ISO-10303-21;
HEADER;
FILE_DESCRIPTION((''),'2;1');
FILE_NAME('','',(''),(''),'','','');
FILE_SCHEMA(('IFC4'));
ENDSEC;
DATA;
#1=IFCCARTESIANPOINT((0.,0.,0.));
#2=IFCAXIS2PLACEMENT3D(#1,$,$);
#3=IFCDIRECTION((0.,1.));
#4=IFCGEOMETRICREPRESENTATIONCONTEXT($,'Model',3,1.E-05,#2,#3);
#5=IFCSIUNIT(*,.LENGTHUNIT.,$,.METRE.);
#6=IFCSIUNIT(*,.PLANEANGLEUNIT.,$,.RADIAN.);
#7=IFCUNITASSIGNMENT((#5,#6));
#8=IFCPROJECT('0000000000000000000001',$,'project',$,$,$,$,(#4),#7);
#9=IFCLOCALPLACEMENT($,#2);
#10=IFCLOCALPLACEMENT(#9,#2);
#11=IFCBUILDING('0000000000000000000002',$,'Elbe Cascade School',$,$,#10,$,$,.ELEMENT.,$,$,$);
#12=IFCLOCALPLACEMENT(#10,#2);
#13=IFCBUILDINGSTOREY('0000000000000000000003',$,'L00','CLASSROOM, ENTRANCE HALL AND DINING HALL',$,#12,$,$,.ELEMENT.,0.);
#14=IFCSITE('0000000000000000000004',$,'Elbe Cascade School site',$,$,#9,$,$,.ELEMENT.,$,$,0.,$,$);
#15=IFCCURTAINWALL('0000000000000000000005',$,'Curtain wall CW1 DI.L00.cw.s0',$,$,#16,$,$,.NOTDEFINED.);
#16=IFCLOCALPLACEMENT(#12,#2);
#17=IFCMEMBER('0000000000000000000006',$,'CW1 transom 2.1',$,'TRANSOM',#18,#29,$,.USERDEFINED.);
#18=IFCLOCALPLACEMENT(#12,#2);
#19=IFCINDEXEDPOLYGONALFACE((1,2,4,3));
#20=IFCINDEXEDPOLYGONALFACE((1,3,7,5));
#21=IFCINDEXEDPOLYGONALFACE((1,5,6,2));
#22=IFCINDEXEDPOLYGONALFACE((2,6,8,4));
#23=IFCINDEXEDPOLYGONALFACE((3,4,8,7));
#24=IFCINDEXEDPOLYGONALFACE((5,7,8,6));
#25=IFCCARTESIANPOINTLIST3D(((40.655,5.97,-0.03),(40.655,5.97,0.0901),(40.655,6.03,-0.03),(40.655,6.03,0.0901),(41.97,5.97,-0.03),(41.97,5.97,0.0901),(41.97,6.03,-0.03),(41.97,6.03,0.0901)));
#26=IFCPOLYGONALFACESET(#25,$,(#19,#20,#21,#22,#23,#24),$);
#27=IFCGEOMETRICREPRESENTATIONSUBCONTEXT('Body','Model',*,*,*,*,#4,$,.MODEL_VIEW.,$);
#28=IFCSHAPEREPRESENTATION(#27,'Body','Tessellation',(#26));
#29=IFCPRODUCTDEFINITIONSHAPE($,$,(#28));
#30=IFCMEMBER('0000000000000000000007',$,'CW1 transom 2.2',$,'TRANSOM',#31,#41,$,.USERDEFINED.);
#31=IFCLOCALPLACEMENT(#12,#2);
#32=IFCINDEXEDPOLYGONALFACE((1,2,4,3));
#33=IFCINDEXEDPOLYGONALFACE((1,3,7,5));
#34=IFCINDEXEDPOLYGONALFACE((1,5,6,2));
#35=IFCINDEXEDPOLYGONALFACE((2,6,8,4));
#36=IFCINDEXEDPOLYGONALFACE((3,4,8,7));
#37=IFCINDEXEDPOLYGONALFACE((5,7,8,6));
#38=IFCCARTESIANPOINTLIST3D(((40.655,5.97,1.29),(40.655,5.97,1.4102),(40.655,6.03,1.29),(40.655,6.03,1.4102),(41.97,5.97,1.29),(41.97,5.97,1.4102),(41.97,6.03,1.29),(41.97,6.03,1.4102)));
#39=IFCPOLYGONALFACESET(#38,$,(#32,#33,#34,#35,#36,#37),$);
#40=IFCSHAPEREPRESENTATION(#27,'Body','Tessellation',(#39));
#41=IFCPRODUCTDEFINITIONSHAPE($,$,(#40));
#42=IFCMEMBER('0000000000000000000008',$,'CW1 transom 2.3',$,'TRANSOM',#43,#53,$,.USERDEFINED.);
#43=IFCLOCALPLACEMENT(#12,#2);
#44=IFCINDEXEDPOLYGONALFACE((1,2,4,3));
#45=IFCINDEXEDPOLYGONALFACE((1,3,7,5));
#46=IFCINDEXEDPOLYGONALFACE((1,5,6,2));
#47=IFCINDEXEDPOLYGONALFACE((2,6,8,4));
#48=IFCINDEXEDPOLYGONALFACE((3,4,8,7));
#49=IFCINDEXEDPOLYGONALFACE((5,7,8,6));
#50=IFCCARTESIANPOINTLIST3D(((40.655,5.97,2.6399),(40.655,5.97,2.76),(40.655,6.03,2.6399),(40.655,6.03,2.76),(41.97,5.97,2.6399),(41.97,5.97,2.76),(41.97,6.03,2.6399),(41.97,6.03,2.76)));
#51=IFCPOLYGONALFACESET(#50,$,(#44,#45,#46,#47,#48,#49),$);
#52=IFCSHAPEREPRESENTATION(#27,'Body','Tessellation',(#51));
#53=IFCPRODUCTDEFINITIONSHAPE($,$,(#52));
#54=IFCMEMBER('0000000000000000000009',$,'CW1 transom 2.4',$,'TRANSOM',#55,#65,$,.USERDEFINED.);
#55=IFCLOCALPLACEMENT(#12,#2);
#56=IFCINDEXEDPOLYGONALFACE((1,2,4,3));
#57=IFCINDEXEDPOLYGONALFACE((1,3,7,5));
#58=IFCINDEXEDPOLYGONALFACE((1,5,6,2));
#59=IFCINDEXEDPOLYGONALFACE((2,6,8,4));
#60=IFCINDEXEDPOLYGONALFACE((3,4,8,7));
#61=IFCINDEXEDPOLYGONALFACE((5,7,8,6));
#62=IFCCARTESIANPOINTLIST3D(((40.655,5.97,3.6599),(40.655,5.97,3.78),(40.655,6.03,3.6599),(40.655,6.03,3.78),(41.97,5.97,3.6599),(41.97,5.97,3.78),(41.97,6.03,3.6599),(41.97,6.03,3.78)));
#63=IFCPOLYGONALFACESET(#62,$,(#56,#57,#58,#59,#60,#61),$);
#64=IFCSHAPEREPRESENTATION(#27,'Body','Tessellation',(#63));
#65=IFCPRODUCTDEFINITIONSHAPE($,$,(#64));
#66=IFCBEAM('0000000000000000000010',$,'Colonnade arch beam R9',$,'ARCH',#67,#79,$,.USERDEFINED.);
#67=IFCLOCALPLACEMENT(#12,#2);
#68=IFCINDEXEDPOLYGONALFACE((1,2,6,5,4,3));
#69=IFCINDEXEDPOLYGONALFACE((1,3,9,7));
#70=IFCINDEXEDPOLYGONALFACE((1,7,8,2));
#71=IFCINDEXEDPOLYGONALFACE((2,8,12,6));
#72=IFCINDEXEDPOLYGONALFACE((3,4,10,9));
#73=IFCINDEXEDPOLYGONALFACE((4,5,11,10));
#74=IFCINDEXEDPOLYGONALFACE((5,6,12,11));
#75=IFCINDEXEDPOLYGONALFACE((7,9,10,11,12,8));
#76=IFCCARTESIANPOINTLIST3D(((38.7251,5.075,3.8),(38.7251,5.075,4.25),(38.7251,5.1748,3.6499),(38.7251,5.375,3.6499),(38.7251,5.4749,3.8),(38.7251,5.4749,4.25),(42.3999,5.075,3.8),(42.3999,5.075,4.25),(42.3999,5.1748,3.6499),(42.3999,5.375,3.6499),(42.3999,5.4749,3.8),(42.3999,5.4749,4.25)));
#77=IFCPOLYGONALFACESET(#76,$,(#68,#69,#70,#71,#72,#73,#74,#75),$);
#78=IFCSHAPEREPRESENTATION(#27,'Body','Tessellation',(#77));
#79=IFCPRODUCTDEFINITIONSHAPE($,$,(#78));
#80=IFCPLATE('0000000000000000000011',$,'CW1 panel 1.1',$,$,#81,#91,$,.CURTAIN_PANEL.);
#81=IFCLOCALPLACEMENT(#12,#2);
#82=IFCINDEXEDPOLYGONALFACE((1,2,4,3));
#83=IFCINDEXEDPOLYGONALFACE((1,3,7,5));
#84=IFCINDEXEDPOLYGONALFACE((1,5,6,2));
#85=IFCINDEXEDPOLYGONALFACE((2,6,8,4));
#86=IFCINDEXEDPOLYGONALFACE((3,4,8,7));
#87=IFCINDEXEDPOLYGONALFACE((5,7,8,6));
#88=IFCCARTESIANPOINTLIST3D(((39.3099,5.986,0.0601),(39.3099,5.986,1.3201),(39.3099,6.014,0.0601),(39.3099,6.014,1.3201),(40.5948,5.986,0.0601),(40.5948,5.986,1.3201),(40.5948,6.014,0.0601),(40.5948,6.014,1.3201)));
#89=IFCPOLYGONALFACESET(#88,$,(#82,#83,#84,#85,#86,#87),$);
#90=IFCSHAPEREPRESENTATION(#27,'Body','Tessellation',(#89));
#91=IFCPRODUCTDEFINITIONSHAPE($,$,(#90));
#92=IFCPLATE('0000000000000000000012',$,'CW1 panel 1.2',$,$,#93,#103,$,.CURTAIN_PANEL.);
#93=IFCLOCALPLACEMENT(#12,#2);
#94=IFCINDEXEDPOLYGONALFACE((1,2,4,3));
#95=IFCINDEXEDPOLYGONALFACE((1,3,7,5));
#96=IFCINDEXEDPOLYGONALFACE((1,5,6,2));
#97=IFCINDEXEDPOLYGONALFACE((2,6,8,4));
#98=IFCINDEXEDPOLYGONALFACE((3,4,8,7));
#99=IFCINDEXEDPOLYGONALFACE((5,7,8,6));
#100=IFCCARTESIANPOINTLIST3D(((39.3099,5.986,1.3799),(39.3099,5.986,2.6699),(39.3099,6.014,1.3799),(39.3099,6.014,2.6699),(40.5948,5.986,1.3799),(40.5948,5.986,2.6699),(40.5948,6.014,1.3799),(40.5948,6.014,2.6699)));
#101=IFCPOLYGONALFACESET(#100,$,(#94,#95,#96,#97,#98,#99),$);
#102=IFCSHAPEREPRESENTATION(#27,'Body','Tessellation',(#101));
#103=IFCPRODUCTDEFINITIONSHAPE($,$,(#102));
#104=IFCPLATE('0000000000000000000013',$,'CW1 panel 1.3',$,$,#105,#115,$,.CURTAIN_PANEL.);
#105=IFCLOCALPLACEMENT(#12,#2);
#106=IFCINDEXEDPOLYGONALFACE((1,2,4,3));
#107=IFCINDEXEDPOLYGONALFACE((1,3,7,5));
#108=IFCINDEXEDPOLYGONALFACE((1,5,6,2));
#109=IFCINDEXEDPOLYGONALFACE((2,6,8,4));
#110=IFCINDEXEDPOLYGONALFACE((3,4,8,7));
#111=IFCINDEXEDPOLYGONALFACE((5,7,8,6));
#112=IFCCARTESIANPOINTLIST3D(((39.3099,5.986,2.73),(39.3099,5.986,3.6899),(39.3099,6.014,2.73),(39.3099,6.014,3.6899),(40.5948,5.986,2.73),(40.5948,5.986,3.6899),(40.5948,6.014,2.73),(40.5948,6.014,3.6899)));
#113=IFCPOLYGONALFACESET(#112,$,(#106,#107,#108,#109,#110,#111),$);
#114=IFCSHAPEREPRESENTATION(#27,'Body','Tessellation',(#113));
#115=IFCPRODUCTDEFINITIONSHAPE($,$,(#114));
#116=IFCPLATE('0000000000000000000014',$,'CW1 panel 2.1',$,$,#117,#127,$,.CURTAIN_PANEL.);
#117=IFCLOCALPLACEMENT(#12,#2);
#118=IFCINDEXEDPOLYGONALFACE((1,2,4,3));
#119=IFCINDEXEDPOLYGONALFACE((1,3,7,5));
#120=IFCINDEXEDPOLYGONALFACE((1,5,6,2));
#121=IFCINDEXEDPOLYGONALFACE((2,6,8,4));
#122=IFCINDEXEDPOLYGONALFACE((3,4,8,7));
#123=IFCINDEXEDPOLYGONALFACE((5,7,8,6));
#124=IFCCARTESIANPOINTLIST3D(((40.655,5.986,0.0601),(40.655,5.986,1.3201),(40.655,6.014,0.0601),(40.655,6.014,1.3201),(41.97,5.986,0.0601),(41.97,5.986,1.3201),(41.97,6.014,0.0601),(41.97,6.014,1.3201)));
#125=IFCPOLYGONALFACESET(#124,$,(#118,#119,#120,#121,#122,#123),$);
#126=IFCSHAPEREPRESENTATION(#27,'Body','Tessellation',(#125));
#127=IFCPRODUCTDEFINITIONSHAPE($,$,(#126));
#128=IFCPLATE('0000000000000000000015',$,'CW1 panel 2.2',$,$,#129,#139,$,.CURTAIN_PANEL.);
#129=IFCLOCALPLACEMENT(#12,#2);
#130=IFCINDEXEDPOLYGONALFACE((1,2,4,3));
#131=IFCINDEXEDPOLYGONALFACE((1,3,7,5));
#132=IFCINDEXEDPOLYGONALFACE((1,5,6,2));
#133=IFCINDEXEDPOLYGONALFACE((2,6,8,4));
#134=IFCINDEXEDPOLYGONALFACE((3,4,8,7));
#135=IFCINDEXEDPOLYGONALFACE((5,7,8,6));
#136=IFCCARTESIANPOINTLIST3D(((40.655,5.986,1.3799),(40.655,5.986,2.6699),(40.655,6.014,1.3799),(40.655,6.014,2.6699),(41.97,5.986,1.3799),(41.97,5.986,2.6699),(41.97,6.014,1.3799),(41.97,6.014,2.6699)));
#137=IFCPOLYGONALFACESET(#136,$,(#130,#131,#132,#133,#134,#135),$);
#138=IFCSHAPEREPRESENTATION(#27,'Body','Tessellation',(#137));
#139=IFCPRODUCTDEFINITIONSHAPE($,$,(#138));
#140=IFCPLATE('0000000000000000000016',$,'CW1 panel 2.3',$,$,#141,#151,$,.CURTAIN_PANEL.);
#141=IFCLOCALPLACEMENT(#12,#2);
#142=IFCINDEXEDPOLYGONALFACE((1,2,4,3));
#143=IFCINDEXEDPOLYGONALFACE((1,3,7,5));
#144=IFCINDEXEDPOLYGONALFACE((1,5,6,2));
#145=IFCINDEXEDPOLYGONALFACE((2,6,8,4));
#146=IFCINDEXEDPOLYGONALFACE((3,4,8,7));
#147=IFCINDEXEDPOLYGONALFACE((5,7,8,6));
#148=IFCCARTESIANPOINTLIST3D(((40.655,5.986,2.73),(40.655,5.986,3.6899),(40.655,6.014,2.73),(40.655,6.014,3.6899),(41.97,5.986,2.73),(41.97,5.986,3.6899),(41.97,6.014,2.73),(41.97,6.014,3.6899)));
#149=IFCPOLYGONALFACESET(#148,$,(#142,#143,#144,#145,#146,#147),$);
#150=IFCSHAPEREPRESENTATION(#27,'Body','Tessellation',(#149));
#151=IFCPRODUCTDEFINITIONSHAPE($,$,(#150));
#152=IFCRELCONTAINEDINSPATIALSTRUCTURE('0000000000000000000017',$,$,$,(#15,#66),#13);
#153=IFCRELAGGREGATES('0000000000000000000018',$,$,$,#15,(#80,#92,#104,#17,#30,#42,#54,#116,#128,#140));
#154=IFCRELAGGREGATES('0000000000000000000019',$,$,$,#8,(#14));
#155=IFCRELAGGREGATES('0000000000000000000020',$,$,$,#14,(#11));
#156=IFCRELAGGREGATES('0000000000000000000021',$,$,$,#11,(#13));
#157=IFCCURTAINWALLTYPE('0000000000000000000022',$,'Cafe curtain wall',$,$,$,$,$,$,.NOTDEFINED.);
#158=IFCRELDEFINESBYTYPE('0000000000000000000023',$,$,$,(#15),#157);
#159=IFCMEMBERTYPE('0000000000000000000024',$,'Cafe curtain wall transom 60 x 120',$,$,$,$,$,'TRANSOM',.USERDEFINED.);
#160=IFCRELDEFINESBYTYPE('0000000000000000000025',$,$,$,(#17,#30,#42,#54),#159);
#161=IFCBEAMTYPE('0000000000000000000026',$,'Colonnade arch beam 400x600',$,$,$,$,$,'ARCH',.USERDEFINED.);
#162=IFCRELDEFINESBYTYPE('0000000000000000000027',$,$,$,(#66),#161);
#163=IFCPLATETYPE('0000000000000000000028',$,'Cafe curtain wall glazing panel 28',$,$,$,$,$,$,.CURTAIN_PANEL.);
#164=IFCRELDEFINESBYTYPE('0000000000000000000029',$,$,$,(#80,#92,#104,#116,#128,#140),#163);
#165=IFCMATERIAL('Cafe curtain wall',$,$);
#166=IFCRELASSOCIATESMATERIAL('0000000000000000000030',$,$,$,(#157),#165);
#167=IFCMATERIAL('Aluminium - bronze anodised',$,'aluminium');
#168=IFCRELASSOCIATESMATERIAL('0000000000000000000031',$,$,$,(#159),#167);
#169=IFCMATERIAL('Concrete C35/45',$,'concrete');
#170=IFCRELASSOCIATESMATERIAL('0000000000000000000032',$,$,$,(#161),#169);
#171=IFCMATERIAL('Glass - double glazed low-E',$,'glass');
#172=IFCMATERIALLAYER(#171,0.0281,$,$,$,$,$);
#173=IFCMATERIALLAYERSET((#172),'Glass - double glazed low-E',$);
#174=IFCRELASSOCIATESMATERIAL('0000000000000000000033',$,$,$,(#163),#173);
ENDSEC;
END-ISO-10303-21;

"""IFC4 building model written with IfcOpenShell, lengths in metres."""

from ifc_helpers import new_model, si_unit, direction, frame, origin, origin_2d, place, context, subcontext, project, spatial, polyline, rectangle, outline, extrude, material, layer, layer_set, material_profile, profile_set, type_object, element, aggregate, save


model = new_model("IFC4")

# Units and contexts
model_context = context("Model", 3, precision=1e-05, world=origin(), true_north=direction((0.0, 1.0)))
body_context = subcontext(model_context, "Body", "Model", "MODEL_VIEW")
ifc_project = project(units=[si_unit("LENGTHUNIT", "METRE"), si_unit("PLANEANGLEUNIT", "RADIAN")], contexts=[model_context])

# Site, building, storey
site_placement = place(None, origin())
site = spatial("IfcSite", under=ifc_project, at=site_placement, Name="Elbe Cascade School site", CompositionType="ELEMENT", RefElevation=0.0)
building_placement = place(site_placement, origin())
building = spatial("IfcBuilding", under=site, at=building_placement, Name="Elbe Cascade School", CompositionType="ELEMENT")
storey_placement = place(building_placement, origin())
storey = spatial("IfcBuildingStorey", under=building, at=storey_placement, Name="L00", Description="CLASSROOM, ENTRANCE HALL AND DINING HALL", CompositionType="ELEMENT", Elevation=0.0)

# Curtain wall, members
ifc_material_1 = material(Name="Cafe curtain wall")
curtain_wall_type = type_object("IfcCurtainWallType", Name="Cafe curtain wall", PredefinedType="NOTDEFINED", material=ifc_material_1)
curtain_wall_placement = place(storey_placement, origin())
curtain_wall = element("IfcCurtainWall", 1, at=curtain_wall_placement, inside=storey, type_object=curtain_wall_type, Name="Curtain wall CW1 DI.L00.cw.s0", PredefinedType="NOTDEFINED")
ifc_material_2 = material(Name="Aluminium - bronze anodised", Category="aluminium")
ifc_material_profile_1 = material_profile(ifc_material_2, rectangle(XDim=0.0601, YDim=0.1201, at=origin_2d()), Name="RECT 60x120")
ifc_profile_set_1 = profile_set([ifc_material_profile_1], Name="Aluminium - bronze anodised")
member_type_1 = type_object("IfcMemberType", Name="Cafe curtain wall transom 60 x 120", ElementType="TRANSOM", PredefinedType="USERDEFINED", material=ifc_profile_set_1)
member_1_placement = place(storey_placement, frame((40.655, 6.0, 0.03), z_axis=(1.0, 0.0, 0.0), x_axis=(0.0, 1.0, 0.0)))
member_1 = element("IfcMember", 2, at=member_1_placement, type_object=member_type_1, Name="CW1 transom 2.1", ObjectType="TRANSOM", PredefinedType="USERDEFINED", context=body_context, shape_type="SweptSolid", body=[
    extrude(rectangle(XDim=0.0601, YDim=0.1201, at=origin_2d()), origin(), (0.0, 0.0, 1.0), 1.3149),
])
member_2_placement = place(storey_placement, frame((40.655, 6.0, 1.3501), z_axis=(1.0, 0.0, 0.0), x_axis=(0.0, 1.0, 0.0)))
member_2 = element("IfcMember", 3, at=member_2_placement, type_object=member_type_1, Name="CW1 transom 2.2", ObjectType="TRANSOM", PredefinedType="USERDEFINED", context=body_context, shape_type="SweptSolid", body=[
    extrude(rectangle(XDim=0.0601, YDim=0.1201, at=origin_2d()), origin(), (0.0, 0.0, 1.0), 1.3149),
])
member_3_placement = place(storey_placement, frame((40.655, 6.0, 2.7), z_axis=(1.0, 0.0, 0.0), x_axis=(0.0, 1.0, 0.0)))
member_3 = element("IfcMember", 4, at=member_3_placement, type_object=member_type_1, Name="CW1 transom 2.3", ObjectType="TRANSOM", PredefinedType="USERDEFINED", context=body_context, shape_type="SweptSolid", body=[
    extrude(rectangle(XDim=0.0601, YDim=0.1201, at=origin_2d()), origin(), (0.0, 0.0, 1.0), 1.3149),
])
member_4_placement = place(storey_placement, frame((40.655, 6.0, 3.72), z_axis=(1.0, 0.0, 0.0), x_axis=(0.0, 1.0, 0.0)))
member_4 = element("IfcMember", 5, at=member_4_placement, type_object=member_type_1, Name="CW1 transom 2.4", ObjectType="TRANSOM", PredefinedType="USERDEFINED", context=body_context, shape_type="SweptSolid", body=[
    extrude(rectangle(XDim=0.0601, YDim=0.1201, at=origin_2d()), origin(), (0.0, 0.0, 1.0), 1.3149),
])

# Beam
ifc_material_3 = material(Name="Concrete C35/45", Category="concrete")
ifc_material_profile_2 = material_profile(ifc_material_3, outline(polyline([(-0.2, 0.3), (0.2, 0.3), (0.2, -0.1499), (0.1001, -0.3), (-0.1001, -0.3), (-0.2, -0.1499), (-0.2, 0.3)])), Name="RC arch 400x600")
ifc_profile_set_2 = profile_set([ifc_material_profile_2], Name="Concrete C35/45")
beam_type_1 = type_object("IfcBeamType", Name="Colonnade arch beam 400x600", ElementType="ARCH", PredefinedType="USERDEFINED", material=ifc_profile_set_2)
beam_1_placement = place(storey_placement, frame((38.7251, 5.2749, 3.95), z_axis=(1.0, 0.0, 0.0), x_axis=(0.0, 1.0, 0.0)))
element("IfcBeam", 6, at=beam_1_placement, inside=storey, type_object=beam_type_1, Name="Colonnade arch beam R9", ObjectType="ARCH", PredefinedType="USERDEFINED", context=body_context, shape_type="SweptSolid", body=[
    extrude(outline(polyline([(-0.2, 0.3), (0.2, 0.3), (0.2, -0.1499), (0.1001, -0.3), (-0.1001, -0.3), (-0.2, -0.1499), (-0.2, 0.3)])), origin(), (0.0, 0.0, 1.0), 3.6748),
])

# Plates
ifc_material_4 = material(Name="Glass - double glazed low-E", Category="glass")
ifc_layer = layer(ifc_material_4, 0.0281)
ifc_layer_set = layer_set([ifc_layer], Name="Glass - double glazed low-E")
plate_type = type_object("IfcPlateType", Name="Cafe curtain wall glazing panel 28", PredefinedType="CURTAIN_PANEL", material=ifc_layer_set)
plate_1_placement = place(storey_placement, frame((39.9524, 6.0, 0.0601), z_axis=(0.0, 0.0, 1.0), x_axis=(1.0, 0.0, 0.0)))
plate_1 = element("IfcPlate", 7, at=plate_1_placement, type_object=plate_type, Name="CW1 panel 1.1", PredefinedType="CURTAIN_PANEL", context=body_context, shape_type="SweptSolid", body=[
    extrude(rectangle(XDim=1.2849, YDim=0.0281, at=origin_2d()), origin(), (0.0, 0.0, 1.0), 1.26),
])
plate_2_placement = place(storey_placement, frame((39.9524, 6.0, 1.3799), z_axis=(0.0, 0.0, 1.0), x_axis=(1.0, 0.0, 0.0)))
plate_2 = element("IfcPlate", 8, at=plate_2_placement, type_object=plate_type, Name="CW1 panel 1.2", PredefinedType="CURTAIN_PANEL", context=body_context, shape_type="SweptSolid", body=[
    extrude(rectangle(XDim=1.2849, YDim=0.0281, at=origin_2d()), origin(), (0.0, 0.0, 1.0), 1.29),
])
plate_3_placement = place(storey_placement, frame((39.9524, 6.0, 2.73), z_axis=(0.0, 0.0, 1.0), x_axis=(1.0, 0.0, 0.0)))
plate_3 = element("IfcPlate", 9, at=plate_3_placement, type_object=plate_type, Name="CW1 panel 1.3", PredefinedType="CURTAIN_PANEL", context=body_context, shape_type="SweptSolid", body=[
    extrude(rectangle(XDim=1.2849, YDim=0.0281, at=origin_2d()), origin(), (0.0, 0.0, 1.0), 0.96),
])
plate_4_placement = place(storey_placement, frame((41.3125, 6.0, 0.0601), z_axis=(0.0, 0.0, 1.0), x_axis=(1.0, 0.0, 0.0)))
plate_4 = element("IfcPlate", 10, at=plate_4_placement, type_object=plate_type, Name="CW1 panel 2.1", PredefinedType="CURTAIN_PANEL", context=body_context, shape_type="SweptSolid", body=[
    extrude(rectangle(XDim=1.3149, YDim=0.0281, at=origin_2d()), origin(), (0.0, 0.0, 1.0), 1.26),
])
plate_5_placement = place(storey_placement, frame((41.3125, 6.0, 1.3799), z_axis=(0.0, 0.0, 1.0), x_axis=(1.0, 0.0, 0.0)))
plate_5 = element("IfcPlate", 11, at=plate_5_placement, type_object=plate_type, Name="CW1 panel 2.2", PredefinedType="CURTAIN_PANEL", context=body_context, shape_type="SweptSolid", body=[
    extrude(rectangle(XDim=1.3149, YDim=0.0281, at=origin_2d()), origin(), (0.0, 0.0, 1.0), 1.29),
])
plate_6_placement = place(storey_placement, frame((41.3125, 6.0, 2.73), z_axis=(0.0, 0.0, 1.0), x_axis=(1.0, 0.0, 0.0)))
plate_6 = element("IfcPlate", 12, at=plate_6_placement, type_object=plate_type, Name="CW1 panel 2.3", PredefinedType="CURTAIN_PANEL", context=body_context, shape_type="SweptSolid", body=[
    extrude(rectangle(XDim=1.3149, YDim=0.0281, at=origin_2d()), origin(), (0.0, 0.0, 1.0), 0.96),
])
aggregate(curtain_wall, [plate_1, plate_2, plate_3, member_1, member_2, member_3, member_4, plate_4, plate_5, plate_6])

save(model, "model.ifc")
